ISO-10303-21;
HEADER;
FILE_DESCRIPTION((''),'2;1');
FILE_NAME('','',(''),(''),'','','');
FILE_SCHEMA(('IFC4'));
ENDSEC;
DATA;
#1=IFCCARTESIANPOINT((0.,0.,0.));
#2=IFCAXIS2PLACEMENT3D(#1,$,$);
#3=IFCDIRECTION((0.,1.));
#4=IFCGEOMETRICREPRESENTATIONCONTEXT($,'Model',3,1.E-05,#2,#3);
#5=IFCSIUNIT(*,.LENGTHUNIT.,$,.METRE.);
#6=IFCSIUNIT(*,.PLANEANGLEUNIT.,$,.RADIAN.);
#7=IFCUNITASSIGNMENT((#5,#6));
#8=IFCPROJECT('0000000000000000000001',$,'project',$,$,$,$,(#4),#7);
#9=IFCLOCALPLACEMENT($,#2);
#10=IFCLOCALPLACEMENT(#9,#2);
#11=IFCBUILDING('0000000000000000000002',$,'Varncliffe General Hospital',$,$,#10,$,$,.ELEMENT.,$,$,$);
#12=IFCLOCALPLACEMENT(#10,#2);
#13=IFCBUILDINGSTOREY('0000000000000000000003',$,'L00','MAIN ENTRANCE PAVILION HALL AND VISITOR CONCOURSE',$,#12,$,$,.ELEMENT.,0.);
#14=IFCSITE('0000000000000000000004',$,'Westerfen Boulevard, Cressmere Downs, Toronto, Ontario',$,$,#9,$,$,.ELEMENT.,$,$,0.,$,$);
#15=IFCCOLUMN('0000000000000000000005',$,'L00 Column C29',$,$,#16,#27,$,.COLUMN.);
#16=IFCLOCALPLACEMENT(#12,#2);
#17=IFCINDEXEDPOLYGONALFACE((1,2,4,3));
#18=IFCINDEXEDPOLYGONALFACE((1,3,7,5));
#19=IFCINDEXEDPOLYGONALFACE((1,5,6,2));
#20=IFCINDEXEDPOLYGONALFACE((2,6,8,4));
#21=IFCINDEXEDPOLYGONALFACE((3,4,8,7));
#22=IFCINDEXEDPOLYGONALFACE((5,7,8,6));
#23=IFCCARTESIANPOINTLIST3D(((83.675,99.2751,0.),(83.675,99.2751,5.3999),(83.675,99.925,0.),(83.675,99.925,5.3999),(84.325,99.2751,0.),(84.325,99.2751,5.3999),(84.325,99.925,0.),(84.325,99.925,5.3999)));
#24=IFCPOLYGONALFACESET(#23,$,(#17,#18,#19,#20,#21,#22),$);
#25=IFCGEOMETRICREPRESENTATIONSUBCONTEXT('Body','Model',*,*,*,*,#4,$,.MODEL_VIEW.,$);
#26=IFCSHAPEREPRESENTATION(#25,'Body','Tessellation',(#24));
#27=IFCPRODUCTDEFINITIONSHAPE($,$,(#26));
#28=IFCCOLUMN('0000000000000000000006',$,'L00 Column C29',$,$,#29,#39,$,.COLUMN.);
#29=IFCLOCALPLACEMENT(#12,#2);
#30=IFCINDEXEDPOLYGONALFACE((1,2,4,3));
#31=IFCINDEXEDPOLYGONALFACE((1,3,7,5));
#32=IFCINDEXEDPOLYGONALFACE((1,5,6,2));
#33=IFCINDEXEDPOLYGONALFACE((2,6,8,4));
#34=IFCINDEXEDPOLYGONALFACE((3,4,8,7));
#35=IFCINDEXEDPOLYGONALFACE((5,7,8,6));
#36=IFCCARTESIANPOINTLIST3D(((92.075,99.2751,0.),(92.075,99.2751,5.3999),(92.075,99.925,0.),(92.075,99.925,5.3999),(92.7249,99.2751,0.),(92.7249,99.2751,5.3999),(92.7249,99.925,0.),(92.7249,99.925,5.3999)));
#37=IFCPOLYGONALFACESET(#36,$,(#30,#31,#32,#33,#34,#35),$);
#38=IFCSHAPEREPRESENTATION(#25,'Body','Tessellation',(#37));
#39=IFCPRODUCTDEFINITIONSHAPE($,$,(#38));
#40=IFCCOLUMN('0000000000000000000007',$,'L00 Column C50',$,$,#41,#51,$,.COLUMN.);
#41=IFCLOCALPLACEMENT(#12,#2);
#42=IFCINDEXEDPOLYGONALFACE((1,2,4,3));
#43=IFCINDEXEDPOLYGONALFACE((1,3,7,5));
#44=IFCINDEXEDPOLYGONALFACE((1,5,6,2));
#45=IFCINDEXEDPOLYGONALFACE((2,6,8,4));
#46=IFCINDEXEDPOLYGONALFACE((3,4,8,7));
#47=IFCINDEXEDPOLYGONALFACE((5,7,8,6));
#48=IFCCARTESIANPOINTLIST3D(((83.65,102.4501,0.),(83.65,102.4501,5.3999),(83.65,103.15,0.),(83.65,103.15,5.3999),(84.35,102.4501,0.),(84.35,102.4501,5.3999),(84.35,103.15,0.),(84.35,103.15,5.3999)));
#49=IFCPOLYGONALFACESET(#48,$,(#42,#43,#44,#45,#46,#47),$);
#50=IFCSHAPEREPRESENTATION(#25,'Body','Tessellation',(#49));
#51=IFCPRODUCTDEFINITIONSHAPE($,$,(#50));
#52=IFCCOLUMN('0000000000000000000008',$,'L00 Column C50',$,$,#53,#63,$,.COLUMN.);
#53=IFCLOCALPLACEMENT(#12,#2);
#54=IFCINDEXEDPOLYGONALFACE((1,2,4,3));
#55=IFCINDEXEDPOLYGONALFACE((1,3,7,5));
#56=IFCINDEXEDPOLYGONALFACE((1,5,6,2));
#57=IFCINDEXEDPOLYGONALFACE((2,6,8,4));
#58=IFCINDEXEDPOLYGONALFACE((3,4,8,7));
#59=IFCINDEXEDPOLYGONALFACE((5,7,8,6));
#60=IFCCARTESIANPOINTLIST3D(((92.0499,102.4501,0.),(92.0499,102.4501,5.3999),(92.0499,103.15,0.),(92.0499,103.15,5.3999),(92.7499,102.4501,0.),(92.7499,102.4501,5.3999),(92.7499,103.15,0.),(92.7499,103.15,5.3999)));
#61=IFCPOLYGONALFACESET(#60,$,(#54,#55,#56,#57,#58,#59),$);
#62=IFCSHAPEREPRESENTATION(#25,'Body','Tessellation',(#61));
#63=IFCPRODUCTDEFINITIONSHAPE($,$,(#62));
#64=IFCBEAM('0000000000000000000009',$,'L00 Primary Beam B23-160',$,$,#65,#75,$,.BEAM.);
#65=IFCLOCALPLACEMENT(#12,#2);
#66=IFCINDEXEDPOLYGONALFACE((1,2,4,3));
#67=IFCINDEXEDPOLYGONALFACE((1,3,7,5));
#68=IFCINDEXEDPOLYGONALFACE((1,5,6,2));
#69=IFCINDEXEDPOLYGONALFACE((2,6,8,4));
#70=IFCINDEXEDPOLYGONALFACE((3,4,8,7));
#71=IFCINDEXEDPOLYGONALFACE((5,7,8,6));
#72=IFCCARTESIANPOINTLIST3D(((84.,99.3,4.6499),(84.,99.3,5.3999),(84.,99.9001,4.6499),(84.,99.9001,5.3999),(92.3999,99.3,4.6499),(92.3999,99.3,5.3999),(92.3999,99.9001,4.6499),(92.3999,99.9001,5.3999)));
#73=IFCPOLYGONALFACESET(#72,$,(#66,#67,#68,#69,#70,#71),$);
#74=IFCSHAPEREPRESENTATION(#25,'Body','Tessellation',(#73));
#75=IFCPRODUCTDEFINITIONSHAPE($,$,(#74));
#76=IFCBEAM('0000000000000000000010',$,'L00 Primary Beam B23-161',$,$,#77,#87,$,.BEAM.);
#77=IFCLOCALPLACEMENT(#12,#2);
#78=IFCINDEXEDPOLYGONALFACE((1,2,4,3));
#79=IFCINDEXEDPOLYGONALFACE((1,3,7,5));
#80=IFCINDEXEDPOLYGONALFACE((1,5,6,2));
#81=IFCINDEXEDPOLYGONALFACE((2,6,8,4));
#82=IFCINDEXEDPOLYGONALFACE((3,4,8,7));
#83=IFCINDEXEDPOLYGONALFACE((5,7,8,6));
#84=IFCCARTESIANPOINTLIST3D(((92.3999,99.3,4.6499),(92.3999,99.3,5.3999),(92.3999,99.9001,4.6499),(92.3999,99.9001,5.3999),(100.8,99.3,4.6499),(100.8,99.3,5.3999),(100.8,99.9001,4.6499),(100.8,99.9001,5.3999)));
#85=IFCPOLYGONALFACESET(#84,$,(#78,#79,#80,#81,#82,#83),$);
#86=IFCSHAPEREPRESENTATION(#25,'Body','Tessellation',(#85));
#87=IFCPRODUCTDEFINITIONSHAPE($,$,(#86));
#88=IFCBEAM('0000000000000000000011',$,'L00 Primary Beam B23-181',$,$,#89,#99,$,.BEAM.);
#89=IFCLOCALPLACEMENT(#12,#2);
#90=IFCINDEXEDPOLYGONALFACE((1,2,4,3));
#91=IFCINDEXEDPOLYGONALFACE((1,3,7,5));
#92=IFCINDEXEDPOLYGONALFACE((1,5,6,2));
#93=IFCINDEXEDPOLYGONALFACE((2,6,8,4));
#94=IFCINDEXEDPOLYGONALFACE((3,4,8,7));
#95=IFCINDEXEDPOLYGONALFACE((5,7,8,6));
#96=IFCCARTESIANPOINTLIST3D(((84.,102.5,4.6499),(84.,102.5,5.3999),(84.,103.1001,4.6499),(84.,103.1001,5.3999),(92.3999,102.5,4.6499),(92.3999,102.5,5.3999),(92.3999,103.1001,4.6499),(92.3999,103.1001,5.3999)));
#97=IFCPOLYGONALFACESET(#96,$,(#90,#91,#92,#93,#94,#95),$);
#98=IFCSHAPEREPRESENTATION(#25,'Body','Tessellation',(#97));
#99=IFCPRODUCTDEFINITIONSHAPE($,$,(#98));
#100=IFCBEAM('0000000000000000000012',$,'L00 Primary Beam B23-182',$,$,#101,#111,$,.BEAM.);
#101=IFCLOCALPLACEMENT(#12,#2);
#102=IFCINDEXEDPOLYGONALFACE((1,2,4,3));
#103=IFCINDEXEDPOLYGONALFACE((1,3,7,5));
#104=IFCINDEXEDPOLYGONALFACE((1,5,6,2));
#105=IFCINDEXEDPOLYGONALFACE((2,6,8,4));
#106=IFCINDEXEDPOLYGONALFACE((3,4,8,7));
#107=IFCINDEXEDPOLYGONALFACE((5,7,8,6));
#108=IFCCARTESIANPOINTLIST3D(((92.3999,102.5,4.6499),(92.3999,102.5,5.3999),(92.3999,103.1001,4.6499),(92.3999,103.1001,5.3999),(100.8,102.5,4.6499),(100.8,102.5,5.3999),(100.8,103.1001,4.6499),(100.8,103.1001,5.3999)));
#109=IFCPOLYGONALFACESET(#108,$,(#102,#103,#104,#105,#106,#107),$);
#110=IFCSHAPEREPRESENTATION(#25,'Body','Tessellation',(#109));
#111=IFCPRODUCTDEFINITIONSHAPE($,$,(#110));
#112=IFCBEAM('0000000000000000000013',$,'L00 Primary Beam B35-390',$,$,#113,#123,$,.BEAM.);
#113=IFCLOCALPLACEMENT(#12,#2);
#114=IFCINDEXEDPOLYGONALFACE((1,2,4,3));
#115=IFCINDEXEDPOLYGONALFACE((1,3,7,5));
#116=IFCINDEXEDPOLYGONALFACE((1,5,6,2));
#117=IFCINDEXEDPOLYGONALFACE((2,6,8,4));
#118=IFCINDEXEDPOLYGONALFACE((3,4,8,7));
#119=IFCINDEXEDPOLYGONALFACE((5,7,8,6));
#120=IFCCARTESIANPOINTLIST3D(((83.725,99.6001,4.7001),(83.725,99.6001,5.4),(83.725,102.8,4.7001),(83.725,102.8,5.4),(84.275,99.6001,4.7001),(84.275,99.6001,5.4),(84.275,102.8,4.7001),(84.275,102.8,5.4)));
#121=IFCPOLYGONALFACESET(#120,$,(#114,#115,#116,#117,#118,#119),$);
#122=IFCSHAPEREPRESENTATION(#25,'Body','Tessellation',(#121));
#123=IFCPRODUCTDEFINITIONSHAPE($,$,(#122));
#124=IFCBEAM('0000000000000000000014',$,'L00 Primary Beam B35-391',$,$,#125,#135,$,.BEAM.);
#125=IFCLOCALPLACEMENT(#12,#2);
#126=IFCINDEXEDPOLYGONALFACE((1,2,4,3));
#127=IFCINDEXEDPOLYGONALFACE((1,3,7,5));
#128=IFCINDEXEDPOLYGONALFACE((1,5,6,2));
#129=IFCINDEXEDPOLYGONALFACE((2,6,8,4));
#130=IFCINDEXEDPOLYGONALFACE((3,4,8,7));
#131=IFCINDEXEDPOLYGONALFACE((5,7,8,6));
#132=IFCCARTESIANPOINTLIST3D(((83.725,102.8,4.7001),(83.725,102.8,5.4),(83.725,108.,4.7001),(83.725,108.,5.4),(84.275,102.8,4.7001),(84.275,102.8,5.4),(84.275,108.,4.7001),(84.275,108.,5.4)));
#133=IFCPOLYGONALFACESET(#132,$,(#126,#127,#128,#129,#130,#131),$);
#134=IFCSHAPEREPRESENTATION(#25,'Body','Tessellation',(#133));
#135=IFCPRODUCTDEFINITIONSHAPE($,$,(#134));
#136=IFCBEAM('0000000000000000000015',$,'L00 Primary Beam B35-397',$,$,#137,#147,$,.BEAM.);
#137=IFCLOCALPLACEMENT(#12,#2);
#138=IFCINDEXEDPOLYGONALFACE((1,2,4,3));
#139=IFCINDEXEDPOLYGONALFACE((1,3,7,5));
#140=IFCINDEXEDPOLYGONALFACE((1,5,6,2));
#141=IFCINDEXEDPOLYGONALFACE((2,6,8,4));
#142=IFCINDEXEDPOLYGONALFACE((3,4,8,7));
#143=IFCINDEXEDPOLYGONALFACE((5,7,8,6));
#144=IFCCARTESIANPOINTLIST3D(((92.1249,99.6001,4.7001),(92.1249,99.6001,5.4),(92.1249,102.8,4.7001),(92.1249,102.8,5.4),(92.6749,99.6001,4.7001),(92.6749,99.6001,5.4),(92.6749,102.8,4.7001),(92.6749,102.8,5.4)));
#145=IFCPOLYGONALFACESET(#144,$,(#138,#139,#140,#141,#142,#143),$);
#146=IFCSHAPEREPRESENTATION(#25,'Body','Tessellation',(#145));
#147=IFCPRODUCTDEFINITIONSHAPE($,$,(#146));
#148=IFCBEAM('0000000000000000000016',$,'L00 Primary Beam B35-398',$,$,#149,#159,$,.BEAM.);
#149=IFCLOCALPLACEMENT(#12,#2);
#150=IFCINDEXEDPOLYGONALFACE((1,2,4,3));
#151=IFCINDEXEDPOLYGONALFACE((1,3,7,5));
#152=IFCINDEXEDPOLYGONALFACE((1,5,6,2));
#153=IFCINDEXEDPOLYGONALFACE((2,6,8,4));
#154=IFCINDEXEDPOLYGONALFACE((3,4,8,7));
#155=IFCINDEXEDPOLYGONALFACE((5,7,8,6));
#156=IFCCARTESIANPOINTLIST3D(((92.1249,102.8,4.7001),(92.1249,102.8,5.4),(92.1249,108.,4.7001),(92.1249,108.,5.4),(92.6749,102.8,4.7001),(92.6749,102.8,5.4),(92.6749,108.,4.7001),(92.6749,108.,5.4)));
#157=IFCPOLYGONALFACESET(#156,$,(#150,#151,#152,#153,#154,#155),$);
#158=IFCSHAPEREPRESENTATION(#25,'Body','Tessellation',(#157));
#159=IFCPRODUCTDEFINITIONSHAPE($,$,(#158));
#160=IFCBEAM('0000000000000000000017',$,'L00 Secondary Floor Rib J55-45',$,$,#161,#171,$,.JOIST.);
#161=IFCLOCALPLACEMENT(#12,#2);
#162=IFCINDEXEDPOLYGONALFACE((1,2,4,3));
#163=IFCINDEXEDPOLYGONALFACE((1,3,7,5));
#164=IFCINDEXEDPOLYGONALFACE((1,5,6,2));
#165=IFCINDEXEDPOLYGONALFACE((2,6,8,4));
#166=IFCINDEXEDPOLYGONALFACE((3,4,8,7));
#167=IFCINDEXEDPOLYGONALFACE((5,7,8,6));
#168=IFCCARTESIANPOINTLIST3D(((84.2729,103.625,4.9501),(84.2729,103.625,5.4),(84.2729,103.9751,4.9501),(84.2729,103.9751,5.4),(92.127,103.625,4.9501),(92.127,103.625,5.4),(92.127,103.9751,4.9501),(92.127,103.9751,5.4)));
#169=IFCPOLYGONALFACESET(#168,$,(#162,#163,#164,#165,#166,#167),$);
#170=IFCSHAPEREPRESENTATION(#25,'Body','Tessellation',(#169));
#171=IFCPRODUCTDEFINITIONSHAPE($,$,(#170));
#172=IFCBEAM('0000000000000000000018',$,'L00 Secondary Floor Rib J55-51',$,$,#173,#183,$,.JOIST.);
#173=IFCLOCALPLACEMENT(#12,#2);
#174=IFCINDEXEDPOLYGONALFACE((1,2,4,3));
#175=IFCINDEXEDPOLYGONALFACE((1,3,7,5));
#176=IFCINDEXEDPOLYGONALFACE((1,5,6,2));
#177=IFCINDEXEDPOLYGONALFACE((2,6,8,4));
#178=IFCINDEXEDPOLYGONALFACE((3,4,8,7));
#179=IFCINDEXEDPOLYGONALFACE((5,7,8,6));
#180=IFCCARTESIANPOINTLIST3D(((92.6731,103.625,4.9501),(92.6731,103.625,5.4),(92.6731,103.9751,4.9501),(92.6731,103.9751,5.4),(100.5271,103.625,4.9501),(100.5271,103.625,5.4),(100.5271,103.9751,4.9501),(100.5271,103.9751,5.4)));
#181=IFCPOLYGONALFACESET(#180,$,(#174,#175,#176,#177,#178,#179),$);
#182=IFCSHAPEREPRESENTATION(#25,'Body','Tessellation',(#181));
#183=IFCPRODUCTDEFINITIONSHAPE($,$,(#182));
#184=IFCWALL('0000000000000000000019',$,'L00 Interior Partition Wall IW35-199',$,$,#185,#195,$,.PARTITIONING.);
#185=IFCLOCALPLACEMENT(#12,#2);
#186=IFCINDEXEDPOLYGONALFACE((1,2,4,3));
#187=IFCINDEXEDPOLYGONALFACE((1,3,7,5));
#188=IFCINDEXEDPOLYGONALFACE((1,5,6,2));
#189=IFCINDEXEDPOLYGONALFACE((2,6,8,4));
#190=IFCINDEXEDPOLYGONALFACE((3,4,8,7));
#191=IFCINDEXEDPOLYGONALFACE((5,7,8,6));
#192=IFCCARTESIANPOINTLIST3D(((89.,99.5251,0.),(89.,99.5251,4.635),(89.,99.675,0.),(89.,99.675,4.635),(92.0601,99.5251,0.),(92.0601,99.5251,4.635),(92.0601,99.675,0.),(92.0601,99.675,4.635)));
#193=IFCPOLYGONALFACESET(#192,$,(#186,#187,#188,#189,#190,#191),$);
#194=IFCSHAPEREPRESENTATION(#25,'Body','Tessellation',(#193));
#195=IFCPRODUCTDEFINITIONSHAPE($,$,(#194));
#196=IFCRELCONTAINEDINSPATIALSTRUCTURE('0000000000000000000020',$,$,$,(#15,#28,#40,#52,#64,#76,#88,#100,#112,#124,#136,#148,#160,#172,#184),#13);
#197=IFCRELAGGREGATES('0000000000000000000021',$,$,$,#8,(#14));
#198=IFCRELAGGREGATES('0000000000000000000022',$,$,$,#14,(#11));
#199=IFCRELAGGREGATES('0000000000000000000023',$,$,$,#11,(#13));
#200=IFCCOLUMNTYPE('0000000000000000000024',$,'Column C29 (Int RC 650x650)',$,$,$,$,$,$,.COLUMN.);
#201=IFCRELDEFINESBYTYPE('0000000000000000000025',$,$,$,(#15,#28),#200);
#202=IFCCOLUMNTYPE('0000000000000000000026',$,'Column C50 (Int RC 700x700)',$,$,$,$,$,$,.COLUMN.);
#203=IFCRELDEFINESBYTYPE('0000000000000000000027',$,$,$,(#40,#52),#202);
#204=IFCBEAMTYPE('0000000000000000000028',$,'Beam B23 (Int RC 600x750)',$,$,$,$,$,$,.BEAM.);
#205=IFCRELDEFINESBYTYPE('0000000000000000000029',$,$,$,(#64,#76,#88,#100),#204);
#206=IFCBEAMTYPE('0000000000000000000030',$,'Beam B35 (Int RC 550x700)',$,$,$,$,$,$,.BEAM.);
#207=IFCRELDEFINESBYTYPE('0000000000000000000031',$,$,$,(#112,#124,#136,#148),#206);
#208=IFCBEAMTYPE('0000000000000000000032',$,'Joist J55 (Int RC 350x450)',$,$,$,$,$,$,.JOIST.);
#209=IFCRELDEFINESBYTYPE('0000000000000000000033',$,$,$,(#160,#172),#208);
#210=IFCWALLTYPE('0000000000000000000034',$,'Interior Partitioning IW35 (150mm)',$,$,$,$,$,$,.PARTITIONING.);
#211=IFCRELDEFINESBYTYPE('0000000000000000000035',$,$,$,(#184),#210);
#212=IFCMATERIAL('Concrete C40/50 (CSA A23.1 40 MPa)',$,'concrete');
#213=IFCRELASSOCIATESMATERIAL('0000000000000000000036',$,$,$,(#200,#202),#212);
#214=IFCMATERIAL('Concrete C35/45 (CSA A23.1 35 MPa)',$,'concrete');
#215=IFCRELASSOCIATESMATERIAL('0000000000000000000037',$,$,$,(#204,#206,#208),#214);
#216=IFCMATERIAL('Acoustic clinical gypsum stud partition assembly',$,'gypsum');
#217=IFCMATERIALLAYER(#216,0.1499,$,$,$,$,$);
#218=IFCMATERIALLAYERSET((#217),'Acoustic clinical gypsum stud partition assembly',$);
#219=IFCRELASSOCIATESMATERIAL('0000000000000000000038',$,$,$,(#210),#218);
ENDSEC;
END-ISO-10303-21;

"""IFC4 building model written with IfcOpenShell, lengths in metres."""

from ifc_helpers import new_model, si_unit, direction, frame, frame_2d, origin, origin_2d, place, context, subcontext, project, spatial, rectangle, extrude, material, layer, layer_set, material_profile, profile_set, type_object, element, save


model = new_model("IFC4")

# Units and contexts
model_context = context("Model", 3, precision=1e-05, world=origin(), true_north=direction((0.0, 1.0)))
body_context = subcontext(model_context, "Body", "Model", "MODEL_VIEW")
ifc_project = project(units=[si_unit("LENGTHUNIT", "METRE"), si_unit("PLANEANGLEUNIT", "RADIAN")], contexts=[model_context])

# Site, building, storey
site_placement = place(None, origin())
site = spatial("IfcSite", under=ifc_project, at=site_placement, Name="Westerfen Boulevard, Cressmere Downs, Toronto, Ontario", CompositionType="ELEMENT", RefElevation=0.0)
building_placement = place(site_placement, origin())
building = spatial("IfcBuilding", under=site, at=building_placement, Name="Varncliffe General Hospital", CompositionType="ELEMENT")
storey_placement = place(building_placement, origin())
storey = spatial("IfcBuildingStorey", under=building, at=storey_placement, Name="L00", Description="MAIN ENTRANCE PAVILION HALL AND VISITOR CONCOURSE", CompositionType="ELEMENT", Elevation=0.0)

# Columns
ifc_material_1 = material(Name="Concrete C40/50 (CSA A23.1 40 MPa)", Category="concrete")
ifc_material_profile_1 = material_profile(ifc_material_1, rectangle(XDim=0.6499, YDim=0.6499, at=origin_2d()), Name="RC 650x650")
ifc_profile_set_1 = profile_set([ifc_material_profile_1], Name="Concrete C40/50 (CSA A23.1 40 MPa)")
column_type_1 = type_object("IfcColumnType", Name="Column C29 (Int RC 650x650)", PredefinedType="COLUMN", material=ifc_profile_set_1)
for number, where, z_axis, x_axis, name in (
    (1, (84.0, 99.6001, 0.0), (0.0, 0.0, 1.0), (1.0, 0.0, 0.0), "L00 Column C29"),
    (2, (92.3999, 99.6001, 0.0), (0.0, 0.0, 1.0), (1.0, 0.0, 0.0), "L00 Column C29"),
):
    element("IfcColumn", number, at=place(storey_placement, frame(where, z_axis=z_axis, x_axis=x_axis)), inside=storey, type_object=column_type_1, Name=name, PredefinedType="COLUMN", context=body_context, shape_type="SweptSolid", body=[
        extrude(rectangle(XDim=0.6499, YDim=0.6499, at=origin_2d()), origin(), (0.0, 0.0, 1.0), 5.3999),
    ])
ifc_material_profile_2 = material_profile(ifc_material_1, rectangle(XDim=0.7, YDim=0.7, at=origin_2d()), Name="RC 700x700")
ifc_profile_set_2 = profile_set([ifc_material_profile_2], Name="Concrete C40/50 (CSA A23.1 40 MPa)")
column_type_2 = type_object("IfcColumnType", Name="Column C50 (Int RC 700x700)", PredefinedType="COLUMN", material=ifc_profile_set_2)
for number, where, z_axis, x_axis, name in (
    (3, (84.0, 102.8, 0.0), (0.0, 0.0, 1.0), (1.0, 0.0, 0.0), "L00 Column C50"),
    (4, (92.3999, 102.8, 0.0), (0.0, 0.0, 1.0), (1.0, 0.0, 0.0), "L00 Column C50"),
):
    element("IfcColumn", number, at=place(storey_placement, frame(where, z_axis=z_axis, x_axis=x_axis)), inside=storey, type_object=column_type_2, Name=name, PredefinedType="COLUMN", context=body_context, shape_type="SweptSolid", body=[
        extrude(rectangle(XDim=0.7, YDim=0.7, at=origin_2d()), origin(), (0.0, 0.0, 1.0), 5.3999),
    ])

# Beams
ifc_material_2 = material(Name="Concrete C35/45 (CSA A23.1 35 MPa)", Category="concrete")
ifc_material_profile_3 = material_profile(ifc_material_2, rectangle(XDim=0.6001, YDim=0.75, at=origin_2d()), Name="RC 600x750")
ifc_profile_set_3 = profile_set([ifc_material_profile_3], Name="Concrete C35/45 (CSA A23.1 35 MPa)")
beam_type_1 = type_object("IfcBeamType", Name="Beam B23 (Int RC 600x750)", PredefinedType="BEAM", material=ifc_profile_set_3)
beam_1_placement = place(storey_placement, frame((84.0, 99.6001, 5.0249), z_axis=(1.0, 0.0, 0.0), x_axis=(0.0, 1.0, 0.0)))
element("IfcBeam", 5, at=beam_1_placement, inside=storey, type_object=beam_type_1, Name="L00 Primary Beam B23-160", PredefinedType="BEAM", context=body_context, shape_type="SweptSolid", body=[
    extrude(rectangle(XDim=0.6001, YDim=0.75, at=origin_2d()), origin(), (0.0, 0.0, 1.0), 8.3999),
])
beam_2_placement = place(storey_placement, frame((92.3999, 99.6001, 5.0249), z_axis=(1.0, 0.0, 0.0), x_axis=(0.0, 1.0, 0.0)))
element("IfcBeam", 6, at=beam_2_placement, inside=storey, type_object=beam_type_1, Name="L00 Primary Beam B23-161", PredefinedType="BEAM", context=body_context, shape_type="SweptSolid", body=[
    extrude(rectangle(XDim=0.6001, YDim=0.75, at=origin_2d()), origin(), (0.0, 0.0, 1.0), 8.4001),
])
beam_3_placement = place(storey_placement, frame((84.0, 102.8, 5.0249), z_axis=(1.0, 0.0, 0.0), x_axis=(0.0, 1.0, 0.0)))
element("IfcBeam", 7, at=beam_3_placement, inside=storey, type_object=beam_type_1, Name="L00 Primary Beam B23-181", PredefinedType="BEAM", context=body_context, shape_type="SweptSolid", body=[
    extrude(rectangle(XDim=0.6001, YDim=0.75, at=origin_2d()), origin(), (0.0, 0.0, 1.0), 8.3999),
])
beam_4_placement = place(storey_placement, frame((92.3999, 102.8, 5.0249), z_axis=(1.0, 0.0, 0.0), x_axis=(0.0, 1.0, 0.0)))
element("IfcBeam", 8, at=beam_4_placement, inside=storey, type_object=beam_type_1, Name="L00 Primary Beam B23-182", PredefinedType="BEAM", context=body_context, shape_type="SweptSolid", body=[
    extrude(rectangle(XDim=0.6001, YDim=0.75, at=origin_2d()), origin(), (0.0, 0.0, 1.0), 8.4001),
])
ifc_material_profile_4 = material_profile(ifc_material_2, rectangle(XDim=0.55, YDim=0.7, at=origin_2d()), Name="RC 550x700")
ifc_profile_set_4 = profile_set([ifc_material_profile_4], Name="Concrete C35/45 (CSA A23.1 35 MPa)")
beam_type_2 = type_object("IfcBeamType", Name="Beam B35 (Int RC 550x700)", PredefinedType="BEAM", material=ifc_profile_set_4)
beam_5_placement = place(storey_placement, frame((84.0, 99.6001, 5.05), z_axis=(0.0, 1.0, 0.0), x_axis=(-1.0, 0.0, 0.0)))
element("IfcBeam", 9, at=beam_5_placement, inside=storey, type_object=beam_type_2, Name="L00 Primary Beam B35-390", PredefinedType="BEAM", context=body_context, shape_type="SweptSolid", body=[
    extrude(rectangle(XDim=0.55, YDim=0.7, at=origin_2d()), origin(), (0.0, 0.0, 1.0), 3.2),
])
beam_6_placement = place(storey_placement, frame((84.0, 102.8, 5.05), z_axis=(0.0, 1.0, 0.0), x_axis=(-1.0, 0.0, 0.0)))
element("IfcBeam", 10, at=beam_6_placement, inside=storey, type_object=beam_type_2, Name="L00 Primary Beam B35-391", PredefinedType="BEAM", context=body_context, shape_type="SweptSolid", body=[
    extrude(rectangle(XDim=0.55, YDim=0.7, at=origin_2d()), origin(), (0.0, 0.0, 1.0), 5.2),
])
beam_7_placement = place(storey_placement, frame((92.3999, 99.6001, 5.05), z_axis=(0.0, 1.0, 0.0), x_axis=(-1.0, 0.0, 0.0)))
element("IfcBeam", 11, at=beam_7_placement, inside=storey, type_object=beam_type_2, Name="L00 Primary Beam B35-397", PredefinedType="BEAM", context=body_context, shape_type="SweptSolid", body=[
    extrude(rectangle(XDim=0.55, YDim=0.7, at=origin_2d()), origin(), (0.0, 0.0, 1.0), 3.2),
])
beam_8_placement = place(storey_placement, frame((92.3999, 102.8, 5.05), z_axis=(0.0, 1.0, 0.0), x_axis=(-1.0, 0.0, 0.0)))
element("IfcBeam", 12, at=beam_8_placement, inside=storey, type_object=beam_type_2, Name="L00 Primary Beam B35-398", PredefinedType="BEAM", context=body_context, shape_type="SweptSolid", body=[
    extrude(rectangle(XDim=0.55, YDim=0.7, at=origin_2d()), origin(), (0.0, 0.0, 1.0), 5.2),
])
ifc_material_profile_5 = material_profile(ifc_material_2, rectangle(XDim=0.3501, YDim=0.45, at=origin_2d()), Name="RC 350x450")
ifc_profile_set_5 = profile_set([ifc_material_profile_5], Name="Concrete C35/45 (CSA A23.1 35 MPa)")
beam_type_3 = type_object("IfcBeamType", Name="Joist J55 (Int RC 350x450)", PredefinedType="JOIST", material=ifc_profile_set_5)
for number, where, z_axis, x_axis, name in (
    (13, (84.2729, 103.8, 5.175), (1.0, 0.0, 0.0), (0.0, 1.0, 0.0), "L00 Secondary Floor Rib J55-45"),
    (14, (92.6731, 103.8, 5.175), (1.0, 0.0, 0.0), (0.0, 1.0, 0.0), "L00 Secondary Floor Rib J55-51"),
):
    element("IfcBeam", number, at=place(storey_placement, frame(where, z_axis=z_axis, x_axis=x_axis)), inside=storey, type_object=beam_type_3, Name=name, PredefinedType="JOIST", context=body_context, shape_type="SweptSolid", body=[
        extrude(rectangle(XDim=0.3501, YDim=0.45, at=origin_2d()), origin(), (0.0, 0.0, 1.0), 7.854),
    ])

# Wall
ifc_material_3 = material(Name="Acoustic clinical gypsum stud partition assembly", Category="gypsum")
ifc_layer_1 = layer(ifc_material_3, 0.1499)
ifc_layer_set_1 = layer_set([ifc_layer_1], Name="Acoustic clinical gypsum stud partition assembly")
wall_type_1 = type_object("IfcWallType", Name="Interior Partitioning IW35 (150mm)", PredefinedType="PARTITIONING", material=ifc_layer_set_1)
wall_1_placement = place(storey_placement, frame((89.0, 99.6001, 0.0), z_axis=(0.0, 0.0, 1.0), x_axis=(1.0, 0.0, 0.0)))
element("IfcWall", 15, at=wall_1_placement, inside=storey, type_object=wall_type_1, Name="L00 Interior Partition Wall IW35-199", PredefinedType="PARTITIONING", context=body_context, shape_type="SweptSolid", body=[
    extrude(rectangle(XDim=3.0601, YDim=0.1499, at=frame_2d((1.53, 0.0))), origin(), (0.0, 0.0, 1.0), 4.635),
])

save(model, "model.ifc")
